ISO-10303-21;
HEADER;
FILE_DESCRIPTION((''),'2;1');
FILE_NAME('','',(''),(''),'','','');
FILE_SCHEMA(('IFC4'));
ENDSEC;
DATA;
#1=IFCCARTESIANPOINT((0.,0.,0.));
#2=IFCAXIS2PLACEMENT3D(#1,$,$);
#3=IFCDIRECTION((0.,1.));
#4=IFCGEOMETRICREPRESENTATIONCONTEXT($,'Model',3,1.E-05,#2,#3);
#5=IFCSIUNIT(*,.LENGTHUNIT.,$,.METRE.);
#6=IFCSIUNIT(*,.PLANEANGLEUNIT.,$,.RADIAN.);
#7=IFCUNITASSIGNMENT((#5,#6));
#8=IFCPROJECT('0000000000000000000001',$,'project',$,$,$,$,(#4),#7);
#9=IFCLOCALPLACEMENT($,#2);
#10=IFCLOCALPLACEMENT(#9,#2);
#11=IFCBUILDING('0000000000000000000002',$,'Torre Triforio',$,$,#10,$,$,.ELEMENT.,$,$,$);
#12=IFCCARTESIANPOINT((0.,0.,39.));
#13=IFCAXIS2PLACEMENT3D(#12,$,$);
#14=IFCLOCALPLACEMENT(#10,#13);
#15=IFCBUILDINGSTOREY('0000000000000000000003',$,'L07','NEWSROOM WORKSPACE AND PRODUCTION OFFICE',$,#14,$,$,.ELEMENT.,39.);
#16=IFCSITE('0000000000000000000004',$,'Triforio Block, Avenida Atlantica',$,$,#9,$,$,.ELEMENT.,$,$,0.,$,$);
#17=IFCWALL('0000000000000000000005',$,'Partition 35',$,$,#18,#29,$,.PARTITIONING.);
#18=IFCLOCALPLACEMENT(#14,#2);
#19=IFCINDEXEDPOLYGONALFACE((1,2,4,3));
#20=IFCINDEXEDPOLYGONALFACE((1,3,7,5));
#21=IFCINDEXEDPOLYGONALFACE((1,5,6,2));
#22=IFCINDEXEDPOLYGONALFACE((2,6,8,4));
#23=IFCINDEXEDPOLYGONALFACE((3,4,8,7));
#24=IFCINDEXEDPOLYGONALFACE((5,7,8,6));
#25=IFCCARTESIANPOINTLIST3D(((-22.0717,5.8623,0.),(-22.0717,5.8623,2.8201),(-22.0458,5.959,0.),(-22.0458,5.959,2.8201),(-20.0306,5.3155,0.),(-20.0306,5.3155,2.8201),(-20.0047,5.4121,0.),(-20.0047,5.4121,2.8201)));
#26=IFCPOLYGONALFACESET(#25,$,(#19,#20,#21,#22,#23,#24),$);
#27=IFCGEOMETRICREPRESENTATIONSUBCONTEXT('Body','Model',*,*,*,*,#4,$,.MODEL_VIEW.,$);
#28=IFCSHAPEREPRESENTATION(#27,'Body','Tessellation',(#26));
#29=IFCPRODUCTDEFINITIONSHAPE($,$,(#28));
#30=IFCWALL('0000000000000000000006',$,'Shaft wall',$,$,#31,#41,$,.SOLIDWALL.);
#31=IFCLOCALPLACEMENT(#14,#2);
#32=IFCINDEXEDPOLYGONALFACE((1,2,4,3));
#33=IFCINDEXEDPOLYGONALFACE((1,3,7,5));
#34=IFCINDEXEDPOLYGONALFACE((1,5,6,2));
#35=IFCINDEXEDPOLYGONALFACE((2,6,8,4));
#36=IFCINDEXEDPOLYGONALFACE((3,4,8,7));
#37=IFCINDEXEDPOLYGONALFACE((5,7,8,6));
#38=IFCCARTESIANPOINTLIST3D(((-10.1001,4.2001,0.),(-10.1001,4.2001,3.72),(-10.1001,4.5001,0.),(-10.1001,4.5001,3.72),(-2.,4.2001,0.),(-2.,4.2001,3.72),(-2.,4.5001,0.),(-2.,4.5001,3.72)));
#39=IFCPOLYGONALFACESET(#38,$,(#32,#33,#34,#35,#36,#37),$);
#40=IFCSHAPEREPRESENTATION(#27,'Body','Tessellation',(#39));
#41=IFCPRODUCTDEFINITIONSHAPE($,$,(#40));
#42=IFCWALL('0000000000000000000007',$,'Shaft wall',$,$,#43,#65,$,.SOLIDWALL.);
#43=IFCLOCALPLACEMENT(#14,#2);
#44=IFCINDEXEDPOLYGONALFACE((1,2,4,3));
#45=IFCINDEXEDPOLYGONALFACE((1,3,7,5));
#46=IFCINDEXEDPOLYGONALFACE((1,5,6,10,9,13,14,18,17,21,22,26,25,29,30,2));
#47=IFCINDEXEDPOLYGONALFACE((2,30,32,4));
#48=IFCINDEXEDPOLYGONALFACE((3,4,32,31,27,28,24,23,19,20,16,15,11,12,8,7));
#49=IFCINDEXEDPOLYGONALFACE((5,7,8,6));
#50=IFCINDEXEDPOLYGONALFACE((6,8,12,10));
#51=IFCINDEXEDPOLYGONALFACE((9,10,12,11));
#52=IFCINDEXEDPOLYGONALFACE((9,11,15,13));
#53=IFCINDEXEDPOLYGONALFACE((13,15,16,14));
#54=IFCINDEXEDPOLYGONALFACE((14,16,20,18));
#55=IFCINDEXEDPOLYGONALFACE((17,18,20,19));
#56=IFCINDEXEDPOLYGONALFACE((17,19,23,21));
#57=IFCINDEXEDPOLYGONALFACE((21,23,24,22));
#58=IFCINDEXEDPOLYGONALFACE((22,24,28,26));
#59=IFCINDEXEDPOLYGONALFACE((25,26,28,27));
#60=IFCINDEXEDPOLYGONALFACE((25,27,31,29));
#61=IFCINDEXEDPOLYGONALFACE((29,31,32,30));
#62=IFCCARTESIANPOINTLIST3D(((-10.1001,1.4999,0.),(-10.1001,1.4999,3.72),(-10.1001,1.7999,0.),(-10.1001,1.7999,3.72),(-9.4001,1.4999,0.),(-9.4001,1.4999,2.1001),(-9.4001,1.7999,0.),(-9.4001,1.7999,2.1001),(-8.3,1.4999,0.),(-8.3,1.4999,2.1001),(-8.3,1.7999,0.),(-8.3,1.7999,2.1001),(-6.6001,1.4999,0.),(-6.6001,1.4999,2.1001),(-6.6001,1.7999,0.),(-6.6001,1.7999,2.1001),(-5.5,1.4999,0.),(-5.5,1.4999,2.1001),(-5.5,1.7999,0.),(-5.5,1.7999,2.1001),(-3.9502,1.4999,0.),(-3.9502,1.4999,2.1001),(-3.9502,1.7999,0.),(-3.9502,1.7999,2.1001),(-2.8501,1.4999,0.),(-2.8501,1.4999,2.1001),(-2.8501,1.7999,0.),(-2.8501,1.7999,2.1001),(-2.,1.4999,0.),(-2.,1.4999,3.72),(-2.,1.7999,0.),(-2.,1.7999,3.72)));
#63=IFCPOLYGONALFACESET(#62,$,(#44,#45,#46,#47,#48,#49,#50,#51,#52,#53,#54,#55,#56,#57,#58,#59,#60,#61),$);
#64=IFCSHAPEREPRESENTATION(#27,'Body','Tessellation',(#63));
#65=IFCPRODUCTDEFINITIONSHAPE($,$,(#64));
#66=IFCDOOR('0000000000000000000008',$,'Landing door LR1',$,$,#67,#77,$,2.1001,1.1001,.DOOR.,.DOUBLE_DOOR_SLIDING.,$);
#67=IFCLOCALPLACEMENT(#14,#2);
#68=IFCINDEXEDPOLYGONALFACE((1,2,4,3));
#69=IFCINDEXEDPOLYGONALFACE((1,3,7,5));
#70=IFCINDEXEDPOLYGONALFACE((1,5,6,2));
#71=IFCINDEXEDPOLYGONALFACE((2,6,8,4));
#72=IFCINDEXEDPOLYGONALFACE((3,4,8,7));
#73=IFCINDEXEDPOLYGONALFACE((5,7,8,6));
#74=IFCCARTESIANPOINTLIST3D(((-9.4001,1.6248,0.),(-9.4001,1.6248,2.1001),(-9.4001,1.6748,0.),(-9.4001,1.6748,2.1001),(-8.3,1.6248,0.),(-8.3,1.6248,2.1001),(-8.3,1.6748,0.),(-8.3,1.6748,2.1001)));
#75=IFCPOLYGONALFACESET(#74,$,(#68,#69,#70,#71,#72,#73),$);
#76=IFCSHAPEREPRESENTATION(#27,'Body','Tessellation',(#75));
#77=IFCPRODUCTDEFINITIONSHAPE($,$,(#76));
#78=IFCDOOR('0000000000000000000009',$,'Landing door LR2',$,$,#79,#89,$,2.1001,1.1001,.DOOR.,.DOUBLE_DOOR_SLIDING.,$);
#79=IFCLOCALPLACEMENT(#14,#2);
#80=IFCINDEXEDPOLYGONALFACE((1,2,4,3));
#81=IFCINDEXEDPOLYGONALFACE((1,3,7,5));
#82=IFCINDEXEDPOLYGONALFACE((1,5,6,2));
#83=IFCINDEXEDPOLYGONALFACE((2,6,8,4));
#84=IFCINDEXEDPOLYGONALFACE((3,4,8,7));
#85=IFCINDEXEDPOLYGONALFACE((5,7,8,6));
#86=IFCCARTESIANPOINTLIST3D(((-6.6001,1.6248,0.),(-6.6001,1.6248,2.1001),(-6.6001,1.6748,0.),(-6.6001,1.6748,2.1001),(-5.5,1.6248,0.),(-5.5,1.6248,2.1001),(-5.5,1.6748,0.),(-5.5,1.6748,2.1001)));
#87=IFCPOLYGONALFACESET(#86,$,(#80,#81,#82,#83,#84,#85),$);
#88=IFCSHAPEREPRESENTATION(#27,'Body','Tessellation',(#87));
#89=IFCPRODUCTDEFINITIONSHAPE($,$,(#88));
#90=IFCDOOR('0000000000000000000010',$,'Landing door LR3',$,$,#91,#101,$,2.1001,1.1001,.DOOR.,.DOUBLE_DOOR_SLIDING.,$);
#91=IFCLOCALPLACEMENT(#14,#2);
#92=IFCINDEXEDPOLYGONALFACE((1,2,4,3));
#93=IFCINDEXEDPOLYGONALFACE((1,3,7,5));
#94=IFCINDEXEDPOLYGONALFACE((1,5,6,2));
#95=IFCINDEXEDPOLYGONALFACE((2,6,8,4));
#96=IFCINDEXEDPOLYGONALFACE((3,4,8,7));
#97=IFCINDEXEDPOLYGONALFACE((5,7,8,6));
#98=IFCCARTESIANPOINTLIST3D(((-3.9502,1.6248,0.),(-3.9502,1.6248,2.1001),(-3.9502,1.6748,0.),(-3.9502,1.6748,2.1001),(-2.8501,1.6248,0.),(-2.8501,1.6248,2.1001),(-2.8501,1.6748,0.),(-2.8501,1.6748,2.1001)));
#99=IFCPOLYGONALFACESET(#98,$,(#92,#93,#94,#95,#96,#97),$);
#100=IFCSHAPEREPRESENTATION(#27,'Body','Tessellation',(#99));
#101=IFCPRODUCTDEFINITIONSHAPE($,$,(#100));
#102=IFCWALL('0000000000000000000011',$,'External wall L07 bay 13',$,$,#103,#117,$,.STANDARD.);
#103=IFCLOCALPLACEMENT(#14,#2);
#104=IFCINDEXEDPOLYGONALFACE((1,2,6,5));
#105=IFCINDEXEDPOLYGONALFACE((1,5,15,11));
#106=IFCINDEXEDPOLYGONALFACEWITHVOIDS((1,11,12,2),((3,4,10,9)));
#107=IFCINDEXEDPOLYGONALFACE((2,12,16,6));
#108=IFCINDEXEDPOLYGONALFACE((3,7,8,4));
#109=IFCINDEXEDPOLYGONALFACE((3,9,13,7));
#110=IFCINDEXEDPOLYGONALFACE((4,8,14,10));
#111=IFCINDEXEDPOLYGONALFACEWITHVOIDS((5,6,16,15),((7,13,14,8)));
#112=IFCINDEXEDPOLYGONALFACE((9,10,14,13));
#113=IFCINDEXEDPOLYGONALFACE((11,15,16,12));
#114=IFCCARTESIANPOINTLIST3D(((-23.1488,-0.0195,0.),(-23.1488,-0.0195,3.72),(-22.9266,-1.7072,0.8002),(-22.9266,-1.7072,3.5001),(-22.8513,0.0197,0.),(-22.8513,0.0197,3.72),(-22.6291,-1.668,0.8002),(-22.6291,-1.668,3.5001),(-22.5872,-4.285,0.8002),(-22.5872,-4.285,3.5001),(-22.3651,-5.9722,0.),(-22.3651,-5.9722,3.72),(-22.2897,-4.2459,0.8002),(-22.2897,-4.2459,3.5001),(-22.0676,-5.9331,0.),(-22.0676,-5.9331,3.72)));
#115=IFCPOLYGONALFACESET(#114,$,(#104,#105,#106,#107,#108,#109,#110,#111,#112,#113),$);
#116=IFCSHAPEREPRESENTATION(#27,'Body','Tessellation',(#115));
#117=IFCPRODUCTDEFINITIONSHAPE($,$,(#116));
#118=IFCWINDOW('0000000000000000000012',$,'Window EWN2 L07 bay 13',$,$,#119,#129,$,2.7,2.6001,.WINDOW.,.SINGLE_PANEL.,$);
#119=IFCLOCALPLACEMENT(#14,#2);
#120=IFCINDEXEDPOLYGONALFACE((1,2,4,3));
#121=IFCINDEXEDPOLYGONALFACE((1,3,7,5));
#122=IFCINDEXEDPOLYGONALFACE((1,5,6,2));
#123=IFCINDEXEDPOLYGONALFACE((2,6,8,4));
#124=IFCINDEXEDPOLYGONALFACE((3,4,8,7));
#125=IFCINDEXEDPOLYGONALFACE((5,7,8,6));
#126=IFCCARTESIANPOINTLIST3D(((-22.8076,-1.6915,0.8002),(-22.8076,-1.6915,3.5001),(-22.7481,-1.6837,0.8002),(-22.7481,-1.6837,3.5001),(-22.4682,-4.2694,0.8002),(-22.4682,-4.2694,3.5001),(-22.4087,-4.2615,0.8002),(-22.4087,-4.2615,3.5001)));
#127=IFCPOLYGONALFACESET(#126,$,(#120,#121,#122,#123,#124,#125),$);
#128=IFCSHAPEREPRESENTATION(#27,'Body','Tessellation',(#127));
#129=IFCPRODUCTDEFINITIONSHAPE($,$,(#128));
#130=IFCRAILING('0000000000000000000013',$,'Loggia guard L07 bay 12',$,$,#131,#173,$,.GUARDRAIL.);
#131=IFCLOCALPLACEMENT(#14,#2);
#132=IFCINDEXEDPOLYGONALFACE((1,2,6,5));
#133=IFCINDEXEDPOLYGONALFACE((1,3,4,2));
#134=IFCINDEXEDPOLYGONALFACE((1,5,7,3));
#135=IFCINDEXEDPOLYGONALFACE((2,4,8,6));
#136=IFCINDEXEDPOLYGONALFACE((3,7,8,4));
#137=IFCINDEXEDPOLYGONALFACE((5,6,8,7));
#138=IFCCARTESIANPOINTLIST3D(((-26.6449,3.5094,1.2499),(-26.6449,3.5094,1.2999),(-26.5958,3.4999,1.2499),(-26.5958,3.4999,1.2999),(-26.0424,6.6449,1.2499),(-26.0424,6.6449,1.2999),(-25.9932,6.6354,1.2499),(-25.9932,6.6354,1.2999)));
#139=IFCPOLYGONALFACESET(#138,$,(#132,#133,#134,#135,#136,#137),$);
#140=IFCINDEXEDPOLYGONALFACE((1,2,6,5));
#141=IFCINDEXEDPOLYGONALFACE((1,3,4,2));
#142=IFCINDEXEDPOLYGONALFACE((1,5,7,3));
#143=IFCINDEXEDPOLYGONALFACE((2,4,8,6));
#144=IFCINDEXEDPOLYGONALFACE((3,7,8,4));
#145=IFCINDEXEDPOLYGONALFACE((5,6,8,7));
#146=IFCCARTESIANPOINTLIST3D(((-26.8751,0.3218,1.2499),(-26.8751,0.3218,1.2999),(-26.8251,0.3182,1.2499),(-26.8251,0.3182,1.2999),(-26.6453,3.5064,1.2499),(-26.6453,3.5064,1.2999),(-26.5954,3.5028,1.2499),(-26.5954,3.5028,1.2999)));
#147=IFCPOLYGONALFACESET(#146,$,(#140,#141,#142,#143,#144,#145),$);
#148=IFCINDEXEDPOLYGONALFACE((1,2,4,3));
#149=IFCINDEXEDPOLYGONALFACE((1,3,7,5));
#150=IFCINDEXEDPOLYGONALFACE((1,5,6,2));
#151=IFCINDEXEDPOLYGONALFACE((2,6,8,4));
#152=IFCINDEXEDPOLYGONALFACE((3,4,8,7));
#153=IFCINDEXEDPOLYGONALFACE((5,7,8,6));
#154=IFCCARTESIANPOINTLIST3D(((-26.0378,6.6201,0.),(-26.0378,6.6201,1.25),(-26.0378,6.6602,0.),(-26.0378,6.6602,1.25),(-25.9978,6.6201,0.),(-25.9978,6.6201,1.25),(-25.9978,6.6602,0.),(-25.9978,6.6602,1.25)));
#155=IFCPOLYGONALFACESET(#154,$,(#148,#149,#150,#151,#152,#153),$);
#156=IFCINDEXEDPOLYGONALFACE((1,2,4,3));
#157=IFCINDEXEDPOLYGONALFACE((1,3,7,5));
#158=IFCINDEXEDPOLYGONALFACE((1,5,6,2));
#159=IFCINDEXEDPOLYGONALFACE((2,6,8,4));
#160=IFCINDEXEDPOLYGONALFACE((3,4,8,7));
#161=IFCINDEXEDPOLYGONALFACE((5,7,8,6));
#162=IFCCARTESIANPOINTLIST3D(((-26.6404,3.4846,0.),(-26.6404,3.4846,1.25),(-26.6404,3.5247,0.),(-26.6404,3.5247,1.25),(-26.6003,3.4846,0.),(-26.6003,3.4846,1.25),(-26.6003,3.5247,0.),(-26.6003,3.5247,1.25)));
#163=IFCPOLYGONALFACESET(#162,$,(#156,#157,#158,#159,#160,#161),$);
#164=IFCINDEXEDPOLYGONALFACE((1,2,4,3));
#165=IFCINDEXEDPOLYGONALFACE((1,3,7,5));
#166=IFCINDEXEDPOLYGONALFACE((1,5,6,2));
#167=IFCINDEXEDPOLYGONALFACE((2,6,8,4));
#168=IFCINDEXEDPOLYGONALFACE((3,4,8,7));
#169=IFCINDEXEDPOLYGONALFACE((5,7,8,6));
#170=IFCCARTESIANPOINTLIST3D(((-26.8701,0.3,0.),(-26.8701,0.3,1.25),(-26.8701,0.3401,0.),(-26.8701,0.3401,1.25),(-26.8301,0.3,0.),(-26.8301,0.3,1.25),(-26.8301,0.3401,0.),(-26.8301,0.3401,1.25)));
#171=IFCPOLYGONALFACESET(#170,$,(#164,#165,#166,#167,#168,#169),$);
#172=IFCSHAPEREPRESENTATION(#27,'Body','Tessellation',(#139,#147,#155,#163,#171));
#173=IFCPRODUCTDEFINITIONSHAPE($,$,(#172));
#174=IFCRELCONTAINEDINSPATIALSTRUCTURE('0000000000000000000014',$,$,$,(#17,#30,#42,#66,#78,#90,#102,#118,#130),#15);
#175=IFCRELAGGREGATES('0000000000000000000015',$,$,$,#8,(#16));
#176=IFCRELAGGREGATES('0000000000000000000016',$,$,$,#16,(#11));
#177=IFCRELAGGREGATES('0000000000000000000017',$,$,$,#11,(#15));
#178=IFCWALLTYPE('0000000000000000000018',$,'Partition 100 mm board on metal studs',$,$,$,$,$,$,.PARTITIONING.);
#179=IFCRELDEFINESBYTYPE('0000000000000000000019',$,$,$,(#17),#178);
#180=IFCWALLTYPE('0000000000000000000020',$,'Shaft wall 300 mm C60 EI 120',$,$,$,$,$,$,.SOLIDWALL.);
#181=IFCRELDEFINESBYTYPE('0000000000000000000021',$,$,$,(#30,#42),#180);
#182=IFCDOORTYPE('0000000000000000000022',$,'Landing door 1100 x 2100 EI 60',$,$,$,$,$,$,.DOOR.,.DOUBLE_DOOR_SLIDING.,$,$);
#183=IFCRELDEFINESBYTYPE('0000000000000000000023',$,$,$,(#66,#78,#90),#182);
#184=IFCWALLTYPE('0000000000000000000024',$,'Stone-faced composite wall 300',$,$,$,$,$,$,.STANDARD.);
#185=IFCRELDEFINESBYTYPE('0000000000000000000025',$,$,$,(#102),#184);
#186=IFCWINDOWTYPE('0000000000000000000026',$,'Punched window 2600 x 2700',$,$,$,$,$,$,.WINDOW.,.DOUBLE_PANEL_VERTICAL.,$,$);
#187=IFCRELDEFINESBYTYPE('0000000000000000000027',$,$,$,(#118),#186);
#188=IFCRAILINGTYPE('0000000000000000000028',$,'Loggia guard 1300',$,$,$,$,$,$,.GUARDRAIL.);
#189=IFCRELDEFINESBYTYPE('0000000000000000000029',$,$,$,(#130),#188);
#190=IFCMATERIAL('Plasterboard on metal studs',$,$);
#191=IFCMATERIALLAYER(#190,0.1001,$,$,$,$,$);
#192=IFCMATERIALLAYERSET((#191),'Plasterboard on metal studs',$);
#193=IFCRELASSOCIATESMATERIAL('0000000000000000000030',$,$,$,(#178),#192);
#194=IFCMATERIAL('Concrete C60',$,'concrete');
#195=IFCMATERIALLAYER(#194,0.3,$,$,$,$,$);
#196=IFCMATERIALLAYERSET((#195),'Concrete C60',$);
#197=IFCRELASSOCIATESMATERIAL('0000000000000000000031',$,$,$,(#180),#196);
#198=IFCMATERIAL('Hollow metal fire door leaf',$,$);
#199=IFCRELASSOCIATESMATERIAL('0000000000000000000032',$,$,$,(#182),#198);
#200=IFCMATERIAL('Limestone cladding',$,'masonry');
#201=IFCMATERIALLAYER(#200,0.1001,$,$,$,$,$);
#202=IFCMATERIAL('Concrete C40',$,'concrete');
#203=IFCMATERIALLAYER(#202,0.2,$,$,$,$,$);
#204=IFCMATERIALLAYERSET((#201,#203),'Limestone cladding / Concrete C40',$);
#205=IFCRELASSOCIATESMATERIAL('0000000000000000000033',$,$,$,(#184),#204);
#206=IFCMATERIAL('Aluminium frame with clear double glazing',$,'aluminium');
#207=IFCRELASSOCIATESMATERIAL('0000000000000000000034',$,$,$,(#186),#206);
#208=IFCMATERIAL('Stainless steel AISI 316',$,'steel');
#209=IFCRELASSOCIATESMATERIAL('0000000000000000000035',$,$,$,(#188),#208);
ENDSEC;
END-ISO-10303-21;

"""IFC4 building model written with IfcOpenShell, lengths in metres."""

from ifc_helpers import new_model, si_unit, direction, frame, frame_2d, origin, origin_2d, place, context, subcontext, project, spatial, rectangle, extrude, material, layer, layer_set, type_object, element, fill, save


model = new_model("IFC4")

# Units and contexts
model_context = context("Model", 3, precision=1e-05, world=origin(), true_north=direction((0.0, 1.0)))
body_context = subcontext(model_context, "Body", "Model", "MODEL_VIEW")
ifc_project = project(units=[si_unit("LENGTHUNIT", "METRE"), si_unit("PLANEANGLEUNIT", "RADIAN")], contexts=[model_context])

# Site, building, storey
site_placement = place(None, origin())
site = spatial("IfcSite", under=ifc_project, at=site_placement, Name="Triforio Block, Avenida Atlantica", CompositionType="ELEMENT", RefElevation=0.0)
building_placement = place(site_placement, origin())
building = spatial("IfcBuilding", under=site, at=building_placement, Name="Torre Triforio", CompositionType="ELEMENT")
storey_placement = place(building_placement, frame((0.0, 0.0, 39.0)))
storey = spatial("IfcBuildingStorey", under=building, at=storey_placement, Name="L07", Description="NEWSROOM WORKSPACE AND PRODUCTION OFFICE", CompositionType="ELEMENT", Elevation=39.0)

# Shared definitions
ifc_material_1 = material(Name="Concrete C60", Category="concrete")
ifc_material_2 = material(Name="Hollow metal fire door leaf")

# Shared definitions
ifc_material_3 = material(Name="Plasterboard on metal studs")

# Walls
ifc_layer_1 = layer(ifc_material_3, 0.1001)
ifc_layer_set_1 = layer_set([ifc_layer_1], Name="Plasterboard on metal studs")
wall_type_1 = type_object("IfcWallType", Name="Partition 100 mm board on metal studs", PredefinedType="PARTITIONING", material=ifc_layer_set_1)
wall_1_placement = place(storey_placement, frame((-20.0176, 5.3638, 0.0), z_axis=(0.0, 0.0, 1.0), x_axis=(-0.965927, 0.258813, 0.0)))
element("IfcWall", 1, at=wall_1_placement, inside=storey, type_object=wall_type_1, Name="Partition 35", PredefinedType="PARTITIONING", context=body_context, shape_type="SweptSolid", body=[
    extrude(rectangle(XDim=2.113, YDim=0.1001, at=frame_2d((1.0566, 0.0))), origin(), (0.0, 0.0, 1.0), 2.8201),
])
ifc_layer_2 = layer(ifc_material_1, 0.3)
ifc_layer_set_2 = layer_set([ifc_layer_2], Name="Concrete C60")
wall_type_2 = type_object("IfcWallType", Name="Shaft wall 300 mm C60 EI 120", PredefinedType="SOLIDWALL", material=ifc_layer_set_2)
wall_2_placement = place(storey_placement, frame((-10.1001, 4.3501, 0.0), z_axis=(0.0, 0.0, 1.0), x_axis=(1.0, 0.0, 0.0)))
element("IfcWall", 2, at=wall_2_placement, inside=storey, type_object=wall_type_2, Name="Shaft wall", PredefinedType="SOLIDWALL", context=body_context, shape_type="SweptSolid", body=[
    extrude(rectangle(XDim=8.1001, YDim=0.3, at=frame_2d((4.05, 0.0))), origin(), (0.0, 0.0, 1.0), 3.72),
])

# Wall, openings, doors
wall_3_placement = place(storey_placement, frame((-10.1001, 1.6499, 0.0), z_axis=(0.0, 0.0, 1.0), x_axis=(1.0, 0.0, 0.0)))
wall_3 = element("IfcWall", 3, at=wall_3_placement, inside=storey, type_object=wall_type_2, Name="Shaft wall", PredefinedType="SOLIDWALL", context=body_context, shape_type="SweptSolid", body=[
    extrude(rectangle(XDim=8.1001, YDim=0.3, at=frame_2d((4.05, 0.0))), origin(), (0.0, 0.0, 1.0), 3.72),
])
opening_1_placement = place(wall_3_placement, frame((0.7, 0.0, 0.0)))
opening_1 = element("IfcOpeningElement", 4, at=opening_1_placement, cuts=wall_3, PredefinedType="OPENING", context=body_context, shape_type="SweptSolid", body=[
    extrude(rectangle(XDim=1.1001, YDim=2.1001, at=frame_2d((0.55, 1.05))), frame((0.0, 0.1599, 0.0), z_axis=(0.0, -1.0, 0.0), x_axis=(1.0, 0.0, 0.0)), (0.0, 0.0, 1.0), 0.3201),
])
opening_2_placement = place(wall_3_placement, frame((3.5, 0.0, 0.0)))
opening_2 = element("IfcOpeningElement", 5, at=opening_2_placement, cuts=wall_3, PredefinedType="OPENING", context=body_context, shape_type="SweptSolid", body=[
    extrude(rectangle(XDim=1.1001, YDim=2.1001, at=frame_2d((0.55, 1.05))), frame((0.0, 0.1599, 0.0), z_axis=(0.0, -1.0, 0.0), x_axis=(1.0, 0.0, 0.0)), (0.0, 0.0, 1.0), 0.3201),
])
opening_3_placement = place(wall_3_placement, frame((6.1499, 0.0, 0.0)))
opening_3 = element("IfcOpeningElement", 6, at=opening_3_placement, cuts=wall_3, PredefinedType="OPENING", context=body_context, shape_type="SweptSolid", body=[
    extrude(rectangle(XDim=1.1001, YDim=2.1001, at=frame_2d((0.55, 1.05))), frame((0.0, 0.1599, 0.0), z_axis=(0.0, -1.0, 0.0), x_axis=(1.0, 0.0, 0.0)), (0.0, 0.0, 1.0), 0.3201),
])
door_type_1 = type_object("IfcDoorType", Name="Landing door 1100 x 2100 EI 60", OperationType="DOUBLE_DOOR_SLIDING", PredefinedType="DOOR", material=ifc_material_2)
door_1_placement = place(opening_1_placement, origin())
door_1 = element("IfcDoor", 7, at=door_1_placement, inside=storey, type_object=door_type_1, Name="Landing door LR1", OperationType="DOUBLE_DOOR_SLIDING", OverallHeight=2.1001, OverallWidth=1.1001, PredefinedType="DOOR", context=body_context, shape_type="SweptSolid", body=[
    extrude(rectangle(XDim=1.1001, YDim=2.1001, at=frame_2d((0.55, 1.05))), frame((0.0, 0.0249, 0.0), z_axis=(0.0, -1.0, 0.0), x_axis=(1.0, 0.0, 0.0)), (0.0, 0.0, 1.0), 0.05),
])
fill(opening_1, door_1)
door_2_placement = place(opening_2_placement, origin())
door_2 = element("IfcDoor", 8, at=door_2_placement, inside=storey, type_object=door_type_1, Name="Landing door LR2", OperationType="DOUBLE_DOOR_SLIDING", OverallHeight=2.1001, OverallWidth=1.1001, PredefinedType="DOOR", context=body_context, shape_type="SweptSolid", body=[
    extrude(rectangle(XDim=1.1001, YDim=2.1001, at=frame_2d((0.55, 1.05))), frame((0.0, 0.0249, 0.0), z_axis=(0.0, -1.0, 0.0), x_axis=(1.0, 0.0, 0.0)), (0.0, 0.0, 1.0), 0.05),
])
fill(opening_2, door_2)
door_3_placement = place(opening_3_placement, origin())
door_3 = element("IfcDoor", 9, at=door_3_placement, inside=storey, type_object=door_type_1, Name="Landing door LR3", OperationType="DOUBLE_DOOR_SLIDING", OverallHeight=2.1001, OverallWidth=1.1001, PredefinedType="DOOR", context=body_context, shape_type="SweptSolid", body=[
    extrude(rectangle(XDim=1.1001, YDim=2.1001, at=frame_2d((0.55, 1.05))), frame((0.0, 0.0249, 0.0), z_axis=(0.0, -1.0, 0.0), x_axis=(1.0, 0.0, 0.0)), (0.0, 0.0, 1.0), 0.05),
])
fill(opening_3, door_3)

# Shared definitions
ifc_material_4 = material(Name="Limestone cladding", Category="masonry")
ifc_layer_3 = layer(ifc_material_4, 0.1001)
ifc_material_5 = material(Name="Concrete C40", Category="concrete")
ifc_layer_4 = layer(ifc_material_5, 0.2)
ifc_layer_set_3 = layer_set([ifc_layer_3, ifc_layer_4], Name="Limestone cladding / Concrete C40")
wall_type_3 = type_object("IfcWallType", Name="Stone-faced composite wall 300", PredefinedType="STANDARD", material=ifc_layer_set_3)
ifc_material_6 = material(Name="Aluminium frame with clear double glazing", Category="aluminium")

# Wall, opening, window
wall_4_placement = place(storey_placement, frame((-23.0, 0.0, 0.0), z_axis=(0.0, 0.0, 1.0), x_axis=(0.130523, -0.991445, 0.0)))
wall_4 = element("IfcWall", 10, at=wall_4_placement, inside=storey, type_object=wall_type_3, Name="External wall L07 bay 13", PredefinedType="STANDARD", context=body_context, shape_type="SweptSolid", body=[
    extrude(rectangle(XDim=6.0042, YDim=0.3, at=frame_2d((3.002, 0.0))), origin(), (0.0, 0.0, 1.0), 3.72),
])
opening_4_placement = place(wall_4_placement, frame((1.7021, 0.0, 0.8)))
opening_4 = element("IfcOpeningElement", 11, at=opening_4_placement, cuts=wall_4, PredefinedType="OPENING", context=body_context, shape_type="SweptSolid", body=[
    extrude(rectangle(XDim=2.6001, YDim=2.7, at=frame_2d((1.3, 1.3501))), frame((0.0, 0.1599, 0.0), z_axis=(0.0, -1.0, 0.0), x_axis=(1.0, 0.0, 0.0)), (0.0, 0.0, 1.0), 0.3201),
])
window_type_1 = type_object("IfcWindowType", Name="Punched window 2600 x 2700", PartitioningType="DOUBLE_PANEL_VERTICAL", PredefinedType="WINDOW", material=ifc_material_6)
window_1_placement = place(opening_4_placement, origin())
window_1 = element("IfcWindow", 12, at=window_1_placement, inside=storey, type_object=window_type_1, Name="Window EWN2 L07 bay 13", OverallHeight=2.7, OverallWidth=2.6001, PartitioningType="SINGLE_PANEL", PredefinedType="WINDOW", context=body_context, shape_type="SweptSolid", body=[
    extrude(rectangle(XDim=2.6001, YDim=2.7, at=frame_2d((1.3, 1.3501))), frame((0.0, 0.03, 0.0), z_axis=(0.0, -1.0, 0.0), x_axis=(1.0, 0.0, 0.0)), (0.0, 0.0, 1.0), 0.0601),
])
fill(opening_4, window_1)

# Railing
ifc_material_7 = material(Name="Stainless steel AISI 316", Category="steel")
railing_type = type_object("IfcRailingType", Name="Loggia guard 1300", PredefinedType="GUARDRAIL", material=ifc_material_7)
railing_placement = place(storey_placement, frame((-26.0178, 6.6401, 0.0)))
element("IfcRailing", 13, at=railing_placement, inside=storey, type_object=railing_type, Name="Loggia guard L07 bay 12", PredefinedType="GUARDRAIL", context=body_context, shape_type="SweptSolid", body=[
    extrude(rectangle(XDim=0.05, YDim=0.05, at=origin_2d()), frame((0.0, 0.0, 1.2749), z_axis=(-0.188714, -0.982032, 0.0), x_axis=(0.982032, -0.188714, 0.0)), (0.0, 0.0, 1.0), 3.1929),
    extrude(rectangle(XDim=0.05, YDim=0.05, at=origin_2d()), frame((-0.6025, -3.1355, 1.2749), z_axis=(-0.071953, -0.997408, 0.0), x_axis=(0.997408, -0.071953, 0.0)), (0.0, 0.0, 1.0), 3.1929),
    extrude(rectangle(XDim=0.04, YDim=0.04, at=origin_2d()), origin(), (0.0, 0.0, 1.0), 1.25),
    extrude(rectangle(XDim=0.04, YDim=0.04, at=origin_2d()), frame((-0.6025, -3.1355, 0.0)), (0.0, 0.0, 1.0), 1.25),
    extrude(rectangle(XDim=0.04, YDim=0.04, at=origin_2d()), frame((-0.8323, -6.3201, 0.0)), (0.0, 0.0, 1.0), 1.25),
])

save(model, "model.ifc")
